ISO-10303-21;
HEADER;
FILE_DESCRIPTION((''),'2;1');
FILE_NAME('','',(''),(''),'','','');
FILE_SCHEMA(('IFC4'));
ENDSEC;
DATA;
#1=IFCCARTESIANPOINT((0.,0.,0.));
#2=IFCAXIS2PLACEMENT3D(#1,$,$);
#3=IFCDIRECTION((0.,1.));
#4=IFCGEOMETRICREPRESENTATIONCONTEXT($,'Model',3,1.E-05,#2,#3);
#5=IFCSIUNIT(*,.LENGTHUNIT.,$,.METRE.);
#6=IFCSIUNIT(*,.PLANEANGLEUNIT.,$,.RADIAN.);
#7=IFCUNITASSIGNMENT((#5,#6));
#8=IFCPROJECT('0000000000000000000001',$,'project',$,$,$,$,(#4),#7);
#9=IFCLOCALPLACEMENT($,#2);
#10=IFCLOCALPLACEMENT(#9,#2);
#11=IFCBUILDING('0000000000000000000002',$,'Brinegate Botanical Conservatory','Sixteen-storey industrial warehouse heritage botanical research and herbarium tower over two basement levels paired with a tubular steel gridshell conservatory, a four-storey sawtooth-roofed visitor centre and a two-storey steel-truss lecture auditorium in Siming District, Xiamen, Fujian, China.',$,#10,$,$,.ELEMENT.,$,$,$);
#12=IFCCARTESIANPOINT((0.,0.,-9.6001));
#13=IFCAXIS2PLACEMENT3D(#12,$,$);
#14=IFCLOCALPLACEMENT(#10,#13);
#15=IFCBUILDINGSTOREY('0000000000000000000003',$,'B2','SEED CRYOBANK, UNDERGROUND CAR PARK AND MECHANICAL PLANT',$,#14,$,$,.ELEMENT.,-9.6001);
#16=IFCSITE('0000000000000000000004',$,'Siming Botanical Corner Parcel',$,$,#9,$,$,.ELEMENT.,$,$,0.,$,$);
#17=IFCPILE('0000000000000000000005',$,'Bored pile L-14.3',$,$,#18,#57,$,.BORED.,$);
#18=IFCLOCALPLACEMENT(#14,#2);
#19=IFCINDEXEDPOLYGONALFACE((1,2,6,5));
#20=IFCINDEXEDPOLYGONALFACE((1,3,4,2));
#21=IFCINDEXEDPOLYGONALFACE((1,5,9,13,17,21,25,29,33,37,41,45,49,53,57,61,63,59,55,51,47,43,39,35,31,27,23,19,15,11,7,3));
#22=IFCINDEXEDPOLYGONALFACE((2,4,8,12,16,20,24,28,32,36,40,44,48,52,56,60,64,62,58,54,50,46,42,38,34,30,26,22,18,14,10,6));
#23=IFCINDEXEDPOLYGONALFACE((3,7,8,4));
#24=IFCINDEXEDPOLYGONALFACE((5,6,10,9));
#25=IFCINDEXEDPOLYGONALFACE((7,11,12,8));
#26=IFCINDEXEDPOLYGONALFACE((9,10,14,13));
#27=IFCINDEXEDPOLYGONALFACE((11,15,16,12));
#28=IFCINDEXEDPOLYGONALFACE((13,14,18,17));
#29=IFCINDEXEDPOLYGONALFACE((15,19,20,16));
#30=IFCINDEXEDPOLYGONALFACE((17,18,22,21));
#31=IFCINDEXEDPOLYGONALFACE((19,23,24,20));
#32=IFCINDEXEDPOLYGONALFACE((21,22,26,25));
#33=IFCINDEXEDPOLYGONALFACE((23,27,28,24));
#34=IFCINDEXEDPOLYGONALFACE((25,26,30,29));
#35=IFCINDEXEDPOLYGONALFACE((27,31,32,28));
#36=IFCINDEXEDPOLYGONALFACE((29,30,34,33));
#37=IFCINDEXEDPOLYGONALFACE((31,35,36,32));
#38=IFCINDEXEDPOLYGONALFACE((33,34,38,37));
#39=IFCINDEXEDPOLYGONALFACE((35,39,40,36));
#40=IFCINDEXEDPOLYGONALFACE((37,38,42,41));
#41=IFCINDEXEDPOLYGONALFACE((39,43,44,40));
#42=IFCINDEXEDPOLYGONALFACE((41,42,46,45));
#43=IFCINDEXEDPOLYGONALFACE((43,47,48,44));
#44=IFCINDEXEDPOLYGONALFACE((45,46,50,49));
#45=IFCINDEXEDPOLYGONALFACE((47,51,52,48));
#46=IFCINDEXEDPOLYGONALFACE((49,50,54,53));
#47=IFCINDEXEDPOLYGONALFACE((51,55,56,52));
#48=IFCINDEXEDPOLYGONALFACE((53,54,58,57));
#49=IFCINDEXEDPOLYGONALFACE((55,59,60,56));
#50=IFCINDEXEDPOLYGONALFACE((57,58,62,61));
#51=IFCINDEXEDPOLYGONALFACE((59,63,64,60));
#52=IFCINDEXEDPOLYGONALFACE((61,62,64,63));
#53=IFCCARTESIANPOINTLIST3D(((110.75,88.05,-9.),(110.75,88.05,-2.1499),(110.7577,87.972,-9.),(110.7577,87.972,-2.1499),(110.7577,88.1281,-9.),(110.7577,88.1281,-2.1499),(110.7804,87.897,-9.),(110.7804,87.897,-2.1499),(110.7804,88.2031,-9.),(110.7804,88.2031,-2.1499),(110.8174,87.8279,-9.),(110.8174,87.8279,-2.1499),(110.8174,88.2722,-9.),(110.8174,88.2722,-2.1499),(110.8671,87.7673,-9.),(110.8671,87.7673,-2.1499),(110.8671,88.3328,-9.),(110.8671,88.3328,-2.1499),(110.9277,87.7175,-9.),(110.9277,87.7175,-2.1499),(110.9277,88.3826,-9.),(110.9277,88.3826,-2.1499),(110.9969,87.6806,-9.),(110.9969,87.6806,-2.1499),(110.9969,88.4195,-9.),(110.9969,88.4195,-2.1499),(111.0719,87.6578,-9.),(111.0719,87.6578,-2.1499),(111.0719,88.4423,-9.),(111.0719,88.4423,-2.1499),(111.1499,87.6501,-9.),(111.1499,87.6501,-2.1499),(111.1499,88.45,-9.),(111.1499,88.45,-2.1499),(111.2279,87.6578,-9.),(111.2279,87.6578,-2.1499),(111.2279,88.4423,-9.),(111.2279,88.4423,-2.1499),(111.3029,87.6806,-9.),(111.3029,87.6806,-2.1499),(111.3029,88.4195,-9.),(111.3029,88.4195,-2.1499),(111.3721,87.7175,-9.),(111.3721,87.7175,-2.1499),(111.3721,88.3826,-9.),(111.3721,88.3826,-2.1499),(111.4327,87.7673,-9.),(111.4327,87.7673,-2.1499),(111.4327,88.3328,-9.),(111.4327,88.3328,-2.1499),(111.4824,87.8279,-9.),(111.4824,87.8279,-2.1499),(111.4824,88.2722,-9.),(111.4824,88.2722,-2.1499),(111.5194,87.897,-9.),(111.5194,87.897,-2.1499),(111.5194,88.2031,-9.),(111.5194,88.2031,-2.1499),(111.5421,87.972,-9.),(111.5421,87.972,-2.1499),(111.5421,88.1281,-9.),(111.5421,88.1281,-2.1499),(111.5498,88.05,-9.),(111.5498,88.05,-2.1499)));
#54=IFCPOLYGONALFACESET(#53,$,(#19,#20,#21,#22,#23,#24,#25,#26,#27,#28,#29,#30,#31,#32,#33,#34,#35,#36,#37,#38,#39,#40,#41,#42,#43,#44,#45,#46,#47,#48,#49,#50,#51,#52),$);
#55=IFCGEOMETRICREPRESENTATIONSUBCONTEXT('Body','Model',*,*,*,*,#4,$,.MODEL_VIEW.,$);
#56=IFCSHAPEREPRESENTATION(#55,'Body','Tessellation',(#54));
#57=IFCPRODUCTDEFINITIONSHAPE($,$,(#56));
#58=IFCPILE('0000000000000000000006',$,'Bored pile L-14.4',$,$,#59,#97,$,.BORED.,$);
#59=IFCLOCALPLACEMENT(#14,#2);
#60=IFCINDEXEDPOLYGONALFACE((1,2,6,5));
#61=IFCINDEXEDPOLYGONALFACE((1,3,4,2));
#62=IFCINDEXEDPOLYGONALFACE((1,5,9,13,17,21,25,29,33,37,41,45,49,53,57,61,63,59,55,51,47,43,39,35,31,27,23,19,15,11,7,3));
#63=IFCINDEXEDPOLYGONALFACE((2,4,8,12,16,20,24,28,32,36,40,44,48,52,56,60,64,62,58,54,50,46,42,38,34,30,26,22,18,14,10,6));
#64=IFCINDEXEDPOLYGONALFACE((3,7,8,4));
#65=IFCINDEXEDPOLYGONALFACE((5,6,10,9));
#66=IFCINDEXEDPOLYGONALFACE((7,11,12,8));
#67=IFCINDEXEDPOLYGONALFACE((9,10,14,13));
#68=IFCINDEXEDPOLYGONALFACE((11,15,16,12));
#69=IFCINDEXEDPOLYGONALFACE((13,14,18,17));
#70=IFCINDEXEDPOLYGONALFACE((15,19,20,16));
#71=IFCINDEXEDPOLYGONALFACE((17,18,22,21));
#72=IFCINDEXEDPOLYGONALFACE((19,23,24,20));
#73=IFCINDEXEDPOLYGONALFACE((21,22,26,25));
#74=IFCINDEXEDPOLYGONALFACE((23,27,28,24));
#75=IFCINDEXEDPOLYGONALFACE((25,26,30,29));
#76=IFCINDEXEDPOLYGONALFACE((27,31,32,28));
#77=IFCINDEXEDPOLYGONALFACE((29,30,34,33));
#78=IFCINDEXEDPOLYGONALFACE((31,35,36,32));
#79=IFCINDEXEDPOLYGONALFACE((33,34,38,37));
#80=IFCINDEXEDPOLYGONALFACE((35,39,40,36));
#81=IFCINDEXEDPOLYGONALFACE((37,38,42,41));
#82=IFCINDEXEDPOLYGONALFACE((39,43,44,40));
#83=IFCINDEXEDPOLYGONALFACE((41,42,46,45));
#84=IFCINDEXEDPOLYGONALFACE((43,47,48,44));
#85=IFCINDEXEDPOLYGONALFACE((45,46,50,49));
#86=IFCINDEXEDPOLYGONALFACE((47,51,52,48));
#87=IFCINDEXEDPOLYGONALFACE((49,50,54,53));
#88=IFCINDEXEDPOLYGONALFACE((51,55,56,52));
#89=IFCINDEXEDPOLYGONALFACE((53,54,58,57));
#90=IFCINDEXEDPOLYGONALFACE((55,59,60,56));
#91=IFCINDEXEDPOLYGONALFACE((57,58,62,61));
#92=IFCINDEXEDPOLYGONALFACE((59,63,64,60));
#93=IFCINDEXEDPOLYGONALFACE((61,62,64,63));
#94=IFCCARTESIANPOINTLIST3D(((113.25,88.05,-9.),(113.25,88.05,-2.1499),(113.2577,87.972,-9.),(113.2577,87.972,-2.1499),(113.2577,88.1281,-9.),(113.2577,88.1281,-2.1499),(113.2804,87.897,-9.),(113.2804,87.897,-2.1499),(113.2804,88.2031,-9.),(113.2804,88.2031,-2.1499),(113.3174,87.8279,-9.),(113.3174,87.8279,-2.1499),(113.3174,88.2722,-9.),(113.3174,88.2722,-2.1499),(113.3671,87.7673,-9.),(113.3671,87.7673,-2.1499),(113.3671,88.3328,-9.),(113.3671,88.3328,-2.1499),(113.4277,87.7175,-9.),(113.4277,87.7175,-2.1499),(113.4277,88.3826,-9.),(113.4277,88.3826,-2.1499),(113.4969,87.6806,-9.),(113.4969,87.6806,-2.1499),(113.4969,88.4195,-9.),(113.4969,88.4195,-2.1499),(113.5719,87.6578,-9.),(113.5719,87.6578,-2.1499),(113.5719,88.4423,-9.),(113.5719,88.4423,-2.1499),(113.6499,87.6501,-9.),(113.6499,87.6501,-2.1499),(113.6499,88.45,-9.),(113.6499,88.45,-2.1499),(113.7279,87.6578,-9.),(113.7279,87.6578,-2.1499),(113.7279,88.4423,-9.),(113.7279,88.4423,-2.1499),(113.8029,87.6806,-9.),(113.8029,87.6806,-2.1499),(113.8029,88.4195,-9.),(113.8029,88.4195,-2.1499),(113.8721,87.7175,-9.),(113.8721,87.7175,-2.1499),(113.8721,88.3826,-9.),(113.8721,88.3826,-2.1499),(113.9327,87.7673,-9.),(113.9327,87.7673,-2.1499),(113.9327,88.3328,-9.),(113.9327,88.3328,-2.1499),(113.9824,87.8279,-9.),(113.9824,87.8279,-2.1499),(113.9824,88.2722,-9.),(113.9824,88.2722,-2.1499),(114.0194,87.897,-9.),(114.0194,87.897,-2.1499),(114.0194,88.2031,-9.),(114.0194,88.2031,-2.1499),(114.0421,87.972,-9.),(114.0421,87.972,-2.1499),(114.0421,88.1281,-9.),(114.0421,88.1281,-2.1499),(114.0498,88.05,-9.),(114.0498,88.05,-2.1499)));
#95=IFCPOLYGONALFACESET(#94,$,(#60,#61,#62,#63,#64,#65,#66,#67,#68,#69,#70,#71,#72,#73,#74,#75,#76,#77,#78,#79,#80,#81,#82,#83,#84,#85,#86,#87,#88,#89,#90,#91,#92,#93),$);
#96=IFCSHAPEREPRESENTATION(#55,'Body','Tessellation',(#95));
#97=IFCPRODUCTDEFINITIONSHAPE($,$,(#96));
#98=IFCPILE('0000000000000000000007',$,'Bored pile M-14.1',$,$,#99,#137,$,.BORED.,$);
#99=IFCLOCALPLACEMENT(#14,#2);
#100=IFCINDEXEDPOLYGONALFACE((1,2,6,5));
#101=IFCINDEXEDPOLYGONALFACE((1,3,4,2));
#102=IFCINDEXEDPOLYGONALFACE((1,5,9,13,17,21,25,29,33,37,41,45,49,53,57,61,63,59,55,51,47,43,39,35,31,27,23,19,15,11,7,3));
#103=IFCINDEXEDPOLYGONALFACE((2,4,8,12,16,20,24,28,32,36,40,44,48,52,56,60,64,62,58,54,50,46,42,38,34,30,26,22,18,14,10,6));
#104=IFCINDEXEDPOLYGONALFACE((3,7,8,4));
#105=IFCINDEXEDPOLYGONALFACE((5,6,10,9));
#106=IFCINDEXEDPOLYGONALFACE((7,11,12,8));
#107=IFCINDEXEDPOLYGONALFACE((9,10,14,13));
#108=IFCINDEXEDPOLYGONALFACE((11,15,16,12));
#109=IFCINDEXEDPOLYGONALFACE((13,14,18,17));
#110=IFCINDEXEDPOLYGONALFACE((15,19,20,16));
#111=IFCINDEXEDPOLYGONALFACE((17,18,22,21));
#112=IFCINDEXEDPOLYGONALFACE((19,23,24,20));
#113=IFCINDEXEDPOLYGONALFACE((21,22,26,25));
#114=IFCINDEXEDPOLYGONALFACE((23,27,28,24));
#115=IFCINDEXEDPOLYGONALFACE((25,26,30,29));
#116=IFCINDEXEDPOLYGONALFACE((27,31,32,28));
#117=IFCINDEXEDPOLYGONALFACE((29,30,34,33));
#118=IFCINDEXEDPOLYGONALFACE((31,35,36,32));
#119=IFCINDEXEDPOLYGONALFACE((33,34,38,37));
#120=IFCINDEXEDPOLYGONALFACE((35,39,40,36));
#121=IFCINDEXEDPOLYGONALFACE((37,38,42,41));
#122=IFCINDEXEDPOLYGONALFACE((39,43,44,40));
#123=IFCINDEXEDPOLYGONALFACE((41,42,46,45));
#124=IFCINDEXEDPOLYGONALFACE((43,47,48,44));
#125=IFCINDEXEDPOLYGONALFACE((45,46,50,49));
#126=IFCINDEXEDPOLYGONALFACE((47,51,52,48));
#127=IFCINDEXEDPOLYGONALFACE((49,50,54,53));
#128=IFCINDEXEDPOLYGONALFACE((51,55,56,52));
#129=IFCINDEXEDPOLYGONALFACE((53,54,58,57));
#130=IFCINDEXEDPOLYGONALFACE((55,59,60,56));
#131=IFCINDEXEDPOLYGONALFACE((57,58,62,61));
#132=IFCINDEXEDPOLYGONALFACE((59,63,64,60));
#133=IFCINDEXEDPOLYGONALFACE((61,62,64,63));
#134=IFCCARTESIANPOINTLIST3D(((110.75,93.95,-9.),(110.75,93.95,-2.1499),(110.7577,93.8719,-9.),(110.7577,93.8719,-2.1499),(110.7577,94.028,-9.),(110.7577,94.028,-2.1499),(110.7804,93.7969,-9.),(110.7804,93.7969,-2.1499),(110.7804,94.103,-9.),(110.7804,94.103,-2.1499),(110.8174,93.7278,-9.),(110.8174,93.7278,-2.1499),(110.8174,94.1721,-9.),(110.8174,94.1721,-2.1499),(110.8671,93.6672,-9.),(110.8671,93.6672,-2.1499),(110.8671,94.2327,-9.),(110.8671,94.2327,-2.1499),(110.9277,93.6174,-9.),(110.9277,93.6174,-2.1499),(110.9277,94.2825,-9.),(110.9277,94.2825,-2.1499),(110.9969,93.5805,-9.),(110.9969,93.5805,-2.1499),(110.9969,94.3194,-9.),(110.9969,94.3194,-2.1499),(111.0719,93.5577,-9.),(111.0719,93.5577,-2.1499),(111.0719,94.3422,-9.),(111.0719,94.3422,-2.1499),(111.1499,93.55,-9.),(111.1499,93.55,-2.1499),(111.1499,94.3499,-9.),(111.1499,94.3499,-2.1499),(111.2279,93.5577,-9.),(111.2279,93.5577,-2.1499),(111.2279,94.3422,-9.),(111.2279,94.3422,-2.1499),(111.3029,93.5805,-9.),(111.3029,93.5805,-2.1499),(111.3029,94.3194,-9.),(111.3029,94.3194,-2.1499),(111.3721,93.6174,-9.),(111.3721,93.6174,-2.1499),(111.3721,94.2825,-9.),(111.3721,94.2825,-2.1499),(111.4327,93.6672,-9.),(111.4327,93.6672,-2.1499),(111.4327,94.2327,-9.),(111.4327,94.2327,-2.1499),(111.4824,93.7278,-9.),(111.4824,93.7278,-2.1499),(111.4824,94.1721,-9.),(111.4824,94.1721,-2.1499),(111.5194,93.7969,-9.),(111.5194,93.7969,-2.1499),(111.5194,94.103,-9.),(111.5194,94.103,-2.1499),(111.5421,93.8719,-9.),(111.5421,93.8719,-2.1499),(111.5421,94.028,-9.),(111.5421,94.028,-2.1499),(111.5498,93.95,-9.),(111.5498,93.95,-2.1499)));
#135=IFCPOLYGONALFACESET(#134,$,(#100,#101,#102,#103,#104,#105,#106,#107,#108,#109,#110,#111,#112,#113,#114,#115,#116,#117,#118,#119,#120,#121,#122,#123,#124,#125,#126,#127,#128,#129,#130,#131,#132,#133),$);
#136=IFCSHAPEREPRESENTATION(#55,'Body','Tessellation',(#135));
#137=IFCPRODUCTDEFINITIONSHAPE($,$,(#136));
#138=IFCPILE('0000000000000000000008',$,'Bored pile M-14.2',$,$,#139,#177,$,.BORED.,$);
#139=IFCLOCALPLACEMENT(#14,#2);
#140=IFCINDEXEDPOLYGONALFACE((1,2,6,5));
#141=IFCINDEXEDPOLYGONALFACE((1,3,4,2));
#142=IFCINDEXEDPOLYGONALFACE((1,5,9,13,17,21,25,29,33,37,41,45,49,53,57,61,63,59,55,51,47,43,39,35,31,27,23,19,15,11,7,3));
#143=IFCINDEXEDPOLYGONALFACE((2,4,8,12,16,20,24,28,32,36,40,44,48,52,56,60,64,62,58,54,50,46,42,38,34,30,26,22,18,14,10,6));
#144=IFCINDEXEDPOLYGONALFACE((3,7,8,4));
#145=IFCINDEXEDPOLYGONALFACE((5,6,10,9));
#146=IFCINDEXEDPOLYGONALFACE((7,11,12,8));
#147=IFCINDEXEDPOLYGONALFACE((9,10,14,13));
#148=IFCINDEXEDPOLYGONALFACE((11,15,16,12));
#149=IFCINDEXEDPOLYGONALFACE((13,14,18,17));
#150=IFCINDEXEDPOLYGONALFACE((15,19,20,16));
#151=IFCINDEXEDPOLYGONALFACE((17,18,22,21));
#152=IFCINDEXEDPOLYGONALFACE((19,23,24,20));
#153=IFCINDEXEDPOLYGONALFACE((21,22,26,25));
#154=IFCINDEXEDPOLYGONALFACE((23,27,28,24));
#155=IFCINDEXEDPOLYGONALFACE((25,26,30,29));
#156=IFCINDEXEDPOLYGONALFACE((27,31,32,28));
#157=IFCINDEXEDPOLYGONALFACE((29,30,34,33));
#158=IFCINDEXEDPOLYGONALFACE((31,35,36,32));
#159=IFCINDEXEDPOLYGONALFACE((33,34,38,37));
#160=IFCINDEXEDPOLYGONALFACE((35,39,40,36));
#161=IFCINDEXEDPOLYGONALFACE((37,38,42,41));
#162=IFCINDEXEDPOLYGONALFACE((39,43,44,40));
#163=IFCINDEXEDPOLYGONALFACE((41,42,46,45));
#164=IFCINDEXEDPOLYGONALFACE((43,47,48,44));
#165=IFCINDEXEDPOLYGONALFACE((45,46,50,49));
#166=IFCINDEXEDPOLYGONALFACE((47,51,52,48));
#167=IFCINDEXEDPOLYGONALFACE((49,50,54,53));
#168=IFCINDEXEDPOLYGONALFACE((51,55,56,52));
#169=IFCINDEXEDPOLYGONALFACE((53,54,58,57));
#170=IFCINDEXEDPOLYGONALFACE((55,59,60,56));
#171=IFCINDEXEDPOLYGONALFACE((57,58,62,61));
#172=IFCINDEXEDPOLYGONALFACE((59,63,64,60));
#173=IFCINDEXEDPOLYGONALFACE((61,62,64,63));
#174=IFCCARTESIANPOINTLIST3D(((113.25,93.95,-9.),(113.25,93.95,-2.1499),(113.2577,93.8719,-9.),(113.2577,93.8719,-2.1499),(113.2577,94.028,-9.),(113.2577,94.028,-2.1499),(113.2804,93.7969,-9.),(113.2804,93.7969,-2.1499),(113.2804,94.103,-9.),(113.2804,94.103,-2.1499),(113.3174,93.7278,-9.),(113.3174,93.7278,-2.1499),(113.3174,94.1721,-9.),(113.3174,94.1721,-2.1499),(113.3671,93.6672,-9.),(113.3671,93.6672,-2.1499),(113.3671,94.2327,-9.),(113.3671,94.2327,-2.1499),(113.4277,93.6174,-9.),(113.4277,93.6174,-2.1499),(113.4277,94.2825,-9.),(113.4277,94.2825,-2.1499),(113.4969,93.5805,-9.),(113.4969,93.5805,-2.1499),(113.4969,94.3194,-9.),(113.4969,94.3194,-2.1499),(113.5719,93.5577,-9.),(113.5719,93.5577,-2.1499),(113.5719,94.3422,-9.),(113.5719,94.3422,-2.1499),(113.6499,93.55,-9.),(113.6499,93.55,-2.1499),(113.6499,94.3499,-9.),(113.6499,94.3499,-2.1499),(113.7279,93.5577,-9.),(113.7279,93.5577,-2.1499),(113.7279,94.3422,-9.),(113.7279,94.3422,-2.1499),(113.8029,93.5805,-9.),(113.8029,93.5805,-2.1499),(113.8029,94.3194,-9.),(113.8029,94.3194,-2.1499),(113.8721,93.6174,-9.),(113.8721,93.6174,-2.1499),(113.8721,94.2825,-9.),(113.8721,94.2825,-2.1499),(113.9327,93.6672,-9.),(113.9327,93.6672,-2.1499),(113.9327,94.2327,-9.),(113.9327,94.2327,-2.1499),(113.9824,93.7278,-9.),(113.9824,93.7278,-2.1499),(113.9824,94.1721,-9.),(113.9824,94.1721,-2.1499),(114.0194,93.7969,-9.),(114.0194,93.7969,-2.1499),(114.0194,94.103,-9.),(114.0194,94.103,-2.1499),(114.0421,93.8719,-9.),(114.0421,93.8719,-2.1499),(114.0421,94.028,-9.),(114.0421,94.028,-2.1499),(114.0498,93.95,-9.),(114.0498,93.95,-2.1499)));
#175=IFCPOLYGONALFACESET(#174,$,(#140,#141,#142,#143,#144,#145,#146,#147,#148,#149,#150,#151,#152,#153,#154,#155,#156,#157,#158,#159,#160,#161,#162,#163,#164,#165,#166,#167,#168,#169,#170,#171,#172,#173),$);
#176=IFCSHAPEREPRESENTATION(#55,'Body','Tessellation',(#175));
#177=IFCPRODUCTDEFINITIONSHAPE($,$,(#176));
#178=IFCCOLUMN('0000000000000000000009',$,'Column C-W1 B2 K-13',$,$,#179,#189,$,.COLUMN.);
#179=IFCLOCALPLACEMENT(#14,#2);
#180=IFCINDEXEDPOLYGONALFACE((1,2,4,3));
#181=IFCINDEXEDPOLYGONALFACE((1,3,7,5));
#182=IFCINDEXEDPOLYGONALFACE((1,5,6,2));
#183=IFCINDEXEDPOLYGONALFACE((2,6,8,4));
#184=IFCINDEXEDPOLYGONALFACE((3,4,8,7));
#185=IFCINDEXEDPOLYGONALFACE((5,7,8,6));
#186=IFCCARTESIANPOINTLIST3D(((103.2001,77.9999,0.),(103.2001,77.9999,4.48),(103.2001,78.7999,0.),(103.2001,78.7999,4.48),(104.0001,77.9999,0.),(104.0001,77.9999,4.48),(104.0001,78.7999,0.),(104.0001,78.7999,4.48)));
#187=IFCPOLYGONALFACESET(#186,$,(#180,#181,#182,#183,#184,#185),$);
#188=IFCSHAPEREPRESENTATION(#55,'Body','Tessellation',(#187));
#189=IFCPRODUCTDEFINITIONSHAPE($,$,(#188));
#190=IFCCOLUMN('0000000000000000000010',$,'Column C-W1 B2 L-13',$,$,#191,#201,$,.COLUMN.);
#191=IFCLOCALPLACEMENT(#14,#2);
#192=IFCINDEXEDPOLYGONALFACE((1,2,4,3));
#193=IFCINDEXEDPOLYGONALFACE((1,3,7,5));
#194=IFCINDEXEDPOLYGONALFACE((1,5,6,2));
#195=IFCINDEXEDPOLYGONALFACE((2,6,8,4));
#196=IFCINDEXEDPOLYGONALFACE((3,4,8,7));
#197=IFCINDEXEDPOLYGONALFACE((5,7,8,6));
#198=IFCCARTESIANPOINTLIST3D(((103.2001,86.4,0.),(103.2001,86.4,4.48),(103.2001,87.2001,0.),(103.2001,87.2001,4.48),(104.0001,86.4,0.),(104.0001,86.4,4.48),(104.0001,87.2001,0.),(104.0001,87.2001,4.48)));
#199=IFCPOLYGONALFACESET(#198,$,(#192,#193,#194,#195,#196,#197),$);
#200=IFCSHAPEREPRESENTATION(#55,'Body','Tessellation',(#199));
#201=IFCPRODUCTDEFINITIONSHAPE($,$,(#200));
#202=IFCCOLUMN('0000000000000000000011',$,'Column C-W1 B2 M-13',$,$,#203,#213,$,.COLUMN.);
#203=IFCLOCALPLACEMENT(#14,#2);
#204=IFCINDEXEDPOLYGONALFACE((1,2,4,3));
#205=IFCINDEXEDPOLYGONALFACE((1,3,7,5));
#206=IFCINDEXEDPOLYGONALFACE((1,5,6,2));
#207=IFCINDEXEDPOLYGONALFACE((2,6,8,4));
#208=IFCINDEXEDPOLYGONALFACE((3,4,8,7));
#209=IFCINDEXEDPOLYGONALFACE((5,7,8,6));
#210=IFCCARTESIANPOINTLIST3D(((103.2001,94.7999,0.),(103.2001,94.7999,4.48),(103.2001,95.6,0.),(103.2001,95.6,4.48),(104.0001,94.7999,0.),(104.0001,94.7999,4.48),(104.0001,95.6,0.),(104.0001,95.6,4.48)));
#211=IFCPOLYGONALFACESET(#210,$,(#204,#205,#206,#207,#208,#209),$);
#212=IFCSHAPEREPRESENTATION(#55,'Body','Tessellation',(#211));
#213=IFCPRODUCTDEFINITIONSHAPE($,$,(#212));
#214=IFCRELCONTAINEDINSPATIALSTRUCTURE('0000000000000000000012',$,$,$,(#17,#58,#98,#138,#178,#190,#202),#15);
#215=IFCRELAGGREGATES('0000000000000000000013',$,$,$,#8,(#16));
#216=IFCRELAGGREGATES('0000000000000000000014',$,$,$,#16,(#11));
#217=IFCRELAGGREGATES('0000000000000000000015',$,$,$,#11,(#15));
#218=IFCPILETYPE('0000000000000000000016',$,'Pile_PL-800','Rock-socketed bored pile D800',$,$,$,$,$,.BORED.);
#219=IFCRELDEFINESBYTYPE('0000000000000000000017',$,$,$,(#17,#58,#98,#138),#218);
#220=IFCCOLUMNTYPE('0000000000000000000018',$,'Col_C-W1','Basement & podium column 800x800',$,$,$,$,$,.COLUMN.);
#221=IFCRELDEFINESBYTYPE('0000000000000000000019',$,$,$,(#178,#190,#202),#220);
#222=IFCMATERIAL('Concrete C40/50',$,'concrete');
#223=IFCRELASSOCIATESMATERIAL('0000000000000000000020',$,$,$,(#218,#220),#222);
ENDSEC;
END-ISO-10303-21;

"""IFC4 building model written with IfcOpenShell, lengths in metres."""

from ifc_helpers import new_model, si_unit, direction, frame, origin, origin_2d, place, context, subcontext, project, spatial, rectangle, circle, extrude, material, material_profile, profile_set, type_object, element, save


model = new_model("IFC4")

# Units and contexts
model_context = context("Model", 3, precision=1e-05, world=origin(), true_north=direction((0.0, 1.0)))
body_context = subcontext(model_context, "Body", "Model", "MODEL_VIEW")
ifc_project = project(units=[si_unit("LENGTHUNIT", "METRE"), si_unit("PLANEANGLEUNIT", "RADIAN")], contexts=[model_context])

# Site, building, storey
site_placement = place(None, origin())
site = spatial("IfcSite", under=ifc_project, at=site_placement, Name="Siming Botanical Corner Parcel", CompositionType="ELEMENT", RefElevation=0.0)
building_placement = place(site_placement, origin())
building = spatial("IfcBuilding", under=site, at=building_placement, Name="Brinegate Botanical Conservatory", Description="Sixteen-storey industrial warehouse heritage botanical research and herbarium tower over two basement levels paired with a tubular steel gridshell conservatory, a four-storey sawtooth-roofed visitor centre and a two-storey steel-truss lecture auditorium in Siming District, Xiamen, Fujian, China.", CompositionType="ELEMENT")
storey_placement = place(building_placement, frame((0.0, 0.0, -9.6001)))
storey = spatial("IfcBuildingStorey", under=building, at=storey_placement, Name="B2", Description="SEED CRYOBANK, UNDERGROUND CAR PARK AND MECHANICAL PLANT", CompositionType="ELEMENT", Elevation=-9.6001)

# Shared definitions
ifc_material = material(Name="Concrete C40/50", Category="concrete")

# Piles
ifc_material_profile_1 = material_profile(ifc_material, circle(Radius=0.3999, at=origin_2d()), Name="PILE D800")
ifc_profile_set_1 = profile_set([ifc_material_profile_1], Name="Concrete C40/50")
pile_type_1 = type_object("IfcPileType", Name="Pile_PL-800", Description="Rock-socketed bored pile D800", PredefinedType="BORED", material=ifc_profile_set_1)
for number, where, z_axis, x_axis, name in (
    (1, (111.1499, 88.05, -2.1499), (0.0, 0.0, -1.0), (1.0, 0.0, 0.0), "Bored pile L-14.3"),
    (2, (113.6499, 88.05, -2.1499), (0.0, 0.0, -1.0), (1.0, 0.0, 0.0), "Bored pile L-14.4"),
    (3, (111.1499, 93.95, -2.1499), (0.0, 0.0, -1.0), (1.0, 0.0, 0.0), "Bored pile M-14.1"),
    (4, (113.6499, 93.95, -2.1499), (0.0, 0.0, -1.0), (1.0, 0.0, 0.0), "Bored pile M-14.2"),
):
    element("IfcPile", number, at=place(storey_placement, frame(where, z_axis=z_axis, x_axis=x_axis)), inside=storey, type_object=pile_type_1, Name=name, PredefinedType="BORED", context=body_context, shape_type="SweptSolid", body=[
        extrude(circle(Radius=0.3999, at=origin_2d()), origin(), (0.0, 0.0, 1.0), 6.8501),
    ])

# Columns
ifc_material_profile_2 = material_profile(ifc_material, rectangle(XDim=0.8, YDim=0.8, at=origin_2d()), Name="RC COL 800x800")
ifc_profile_set_2 = profile_set([ifc_material_profile_2], Name="Concrete C40/50")
column_type = type_object("IfcColumnType", Name="Col_C-W1", Description="Basement & podium column 800x800", PredefinedType="COLUMN", material=ifc_profile_set_2)
for number, where, z_axis, x_axis, name in (
    (5, (103.6001, 78.3999, 0.0), (0.0, 0.0, 1.0), (1.0, 0.0, 0.0), "Column C-W1 B2 K-13"),
    (6, (103.6001, 86.8, 0.0), (0.0, 0.0, 1.0), (1.0, 0.0, 0.0), "Column C-W1 B2 L-13"),
    (7, (103.6001, 95.2, 0.0), (0.0, 0.0, 1.0), (1.0, 0.0, 0.0), "Column C-W1 B2 M-13"),
):
    element("IfcColumn", number, at=place(storey_placement, frame(where, z_axis=z_axis, x_axis=x_axis)), inside=storey, type_object=column_type, Name=name, PredefinedType="COLUMN", context=body_context, shape_type="SweptSolid", body=[
        extrude(rectangle(XDim=0.8, YDim=0.8, at=origin_2d()), origin(), (0.0, 0.0, 1.0), 4.48),
    ])

save(model, "model.ifc")
